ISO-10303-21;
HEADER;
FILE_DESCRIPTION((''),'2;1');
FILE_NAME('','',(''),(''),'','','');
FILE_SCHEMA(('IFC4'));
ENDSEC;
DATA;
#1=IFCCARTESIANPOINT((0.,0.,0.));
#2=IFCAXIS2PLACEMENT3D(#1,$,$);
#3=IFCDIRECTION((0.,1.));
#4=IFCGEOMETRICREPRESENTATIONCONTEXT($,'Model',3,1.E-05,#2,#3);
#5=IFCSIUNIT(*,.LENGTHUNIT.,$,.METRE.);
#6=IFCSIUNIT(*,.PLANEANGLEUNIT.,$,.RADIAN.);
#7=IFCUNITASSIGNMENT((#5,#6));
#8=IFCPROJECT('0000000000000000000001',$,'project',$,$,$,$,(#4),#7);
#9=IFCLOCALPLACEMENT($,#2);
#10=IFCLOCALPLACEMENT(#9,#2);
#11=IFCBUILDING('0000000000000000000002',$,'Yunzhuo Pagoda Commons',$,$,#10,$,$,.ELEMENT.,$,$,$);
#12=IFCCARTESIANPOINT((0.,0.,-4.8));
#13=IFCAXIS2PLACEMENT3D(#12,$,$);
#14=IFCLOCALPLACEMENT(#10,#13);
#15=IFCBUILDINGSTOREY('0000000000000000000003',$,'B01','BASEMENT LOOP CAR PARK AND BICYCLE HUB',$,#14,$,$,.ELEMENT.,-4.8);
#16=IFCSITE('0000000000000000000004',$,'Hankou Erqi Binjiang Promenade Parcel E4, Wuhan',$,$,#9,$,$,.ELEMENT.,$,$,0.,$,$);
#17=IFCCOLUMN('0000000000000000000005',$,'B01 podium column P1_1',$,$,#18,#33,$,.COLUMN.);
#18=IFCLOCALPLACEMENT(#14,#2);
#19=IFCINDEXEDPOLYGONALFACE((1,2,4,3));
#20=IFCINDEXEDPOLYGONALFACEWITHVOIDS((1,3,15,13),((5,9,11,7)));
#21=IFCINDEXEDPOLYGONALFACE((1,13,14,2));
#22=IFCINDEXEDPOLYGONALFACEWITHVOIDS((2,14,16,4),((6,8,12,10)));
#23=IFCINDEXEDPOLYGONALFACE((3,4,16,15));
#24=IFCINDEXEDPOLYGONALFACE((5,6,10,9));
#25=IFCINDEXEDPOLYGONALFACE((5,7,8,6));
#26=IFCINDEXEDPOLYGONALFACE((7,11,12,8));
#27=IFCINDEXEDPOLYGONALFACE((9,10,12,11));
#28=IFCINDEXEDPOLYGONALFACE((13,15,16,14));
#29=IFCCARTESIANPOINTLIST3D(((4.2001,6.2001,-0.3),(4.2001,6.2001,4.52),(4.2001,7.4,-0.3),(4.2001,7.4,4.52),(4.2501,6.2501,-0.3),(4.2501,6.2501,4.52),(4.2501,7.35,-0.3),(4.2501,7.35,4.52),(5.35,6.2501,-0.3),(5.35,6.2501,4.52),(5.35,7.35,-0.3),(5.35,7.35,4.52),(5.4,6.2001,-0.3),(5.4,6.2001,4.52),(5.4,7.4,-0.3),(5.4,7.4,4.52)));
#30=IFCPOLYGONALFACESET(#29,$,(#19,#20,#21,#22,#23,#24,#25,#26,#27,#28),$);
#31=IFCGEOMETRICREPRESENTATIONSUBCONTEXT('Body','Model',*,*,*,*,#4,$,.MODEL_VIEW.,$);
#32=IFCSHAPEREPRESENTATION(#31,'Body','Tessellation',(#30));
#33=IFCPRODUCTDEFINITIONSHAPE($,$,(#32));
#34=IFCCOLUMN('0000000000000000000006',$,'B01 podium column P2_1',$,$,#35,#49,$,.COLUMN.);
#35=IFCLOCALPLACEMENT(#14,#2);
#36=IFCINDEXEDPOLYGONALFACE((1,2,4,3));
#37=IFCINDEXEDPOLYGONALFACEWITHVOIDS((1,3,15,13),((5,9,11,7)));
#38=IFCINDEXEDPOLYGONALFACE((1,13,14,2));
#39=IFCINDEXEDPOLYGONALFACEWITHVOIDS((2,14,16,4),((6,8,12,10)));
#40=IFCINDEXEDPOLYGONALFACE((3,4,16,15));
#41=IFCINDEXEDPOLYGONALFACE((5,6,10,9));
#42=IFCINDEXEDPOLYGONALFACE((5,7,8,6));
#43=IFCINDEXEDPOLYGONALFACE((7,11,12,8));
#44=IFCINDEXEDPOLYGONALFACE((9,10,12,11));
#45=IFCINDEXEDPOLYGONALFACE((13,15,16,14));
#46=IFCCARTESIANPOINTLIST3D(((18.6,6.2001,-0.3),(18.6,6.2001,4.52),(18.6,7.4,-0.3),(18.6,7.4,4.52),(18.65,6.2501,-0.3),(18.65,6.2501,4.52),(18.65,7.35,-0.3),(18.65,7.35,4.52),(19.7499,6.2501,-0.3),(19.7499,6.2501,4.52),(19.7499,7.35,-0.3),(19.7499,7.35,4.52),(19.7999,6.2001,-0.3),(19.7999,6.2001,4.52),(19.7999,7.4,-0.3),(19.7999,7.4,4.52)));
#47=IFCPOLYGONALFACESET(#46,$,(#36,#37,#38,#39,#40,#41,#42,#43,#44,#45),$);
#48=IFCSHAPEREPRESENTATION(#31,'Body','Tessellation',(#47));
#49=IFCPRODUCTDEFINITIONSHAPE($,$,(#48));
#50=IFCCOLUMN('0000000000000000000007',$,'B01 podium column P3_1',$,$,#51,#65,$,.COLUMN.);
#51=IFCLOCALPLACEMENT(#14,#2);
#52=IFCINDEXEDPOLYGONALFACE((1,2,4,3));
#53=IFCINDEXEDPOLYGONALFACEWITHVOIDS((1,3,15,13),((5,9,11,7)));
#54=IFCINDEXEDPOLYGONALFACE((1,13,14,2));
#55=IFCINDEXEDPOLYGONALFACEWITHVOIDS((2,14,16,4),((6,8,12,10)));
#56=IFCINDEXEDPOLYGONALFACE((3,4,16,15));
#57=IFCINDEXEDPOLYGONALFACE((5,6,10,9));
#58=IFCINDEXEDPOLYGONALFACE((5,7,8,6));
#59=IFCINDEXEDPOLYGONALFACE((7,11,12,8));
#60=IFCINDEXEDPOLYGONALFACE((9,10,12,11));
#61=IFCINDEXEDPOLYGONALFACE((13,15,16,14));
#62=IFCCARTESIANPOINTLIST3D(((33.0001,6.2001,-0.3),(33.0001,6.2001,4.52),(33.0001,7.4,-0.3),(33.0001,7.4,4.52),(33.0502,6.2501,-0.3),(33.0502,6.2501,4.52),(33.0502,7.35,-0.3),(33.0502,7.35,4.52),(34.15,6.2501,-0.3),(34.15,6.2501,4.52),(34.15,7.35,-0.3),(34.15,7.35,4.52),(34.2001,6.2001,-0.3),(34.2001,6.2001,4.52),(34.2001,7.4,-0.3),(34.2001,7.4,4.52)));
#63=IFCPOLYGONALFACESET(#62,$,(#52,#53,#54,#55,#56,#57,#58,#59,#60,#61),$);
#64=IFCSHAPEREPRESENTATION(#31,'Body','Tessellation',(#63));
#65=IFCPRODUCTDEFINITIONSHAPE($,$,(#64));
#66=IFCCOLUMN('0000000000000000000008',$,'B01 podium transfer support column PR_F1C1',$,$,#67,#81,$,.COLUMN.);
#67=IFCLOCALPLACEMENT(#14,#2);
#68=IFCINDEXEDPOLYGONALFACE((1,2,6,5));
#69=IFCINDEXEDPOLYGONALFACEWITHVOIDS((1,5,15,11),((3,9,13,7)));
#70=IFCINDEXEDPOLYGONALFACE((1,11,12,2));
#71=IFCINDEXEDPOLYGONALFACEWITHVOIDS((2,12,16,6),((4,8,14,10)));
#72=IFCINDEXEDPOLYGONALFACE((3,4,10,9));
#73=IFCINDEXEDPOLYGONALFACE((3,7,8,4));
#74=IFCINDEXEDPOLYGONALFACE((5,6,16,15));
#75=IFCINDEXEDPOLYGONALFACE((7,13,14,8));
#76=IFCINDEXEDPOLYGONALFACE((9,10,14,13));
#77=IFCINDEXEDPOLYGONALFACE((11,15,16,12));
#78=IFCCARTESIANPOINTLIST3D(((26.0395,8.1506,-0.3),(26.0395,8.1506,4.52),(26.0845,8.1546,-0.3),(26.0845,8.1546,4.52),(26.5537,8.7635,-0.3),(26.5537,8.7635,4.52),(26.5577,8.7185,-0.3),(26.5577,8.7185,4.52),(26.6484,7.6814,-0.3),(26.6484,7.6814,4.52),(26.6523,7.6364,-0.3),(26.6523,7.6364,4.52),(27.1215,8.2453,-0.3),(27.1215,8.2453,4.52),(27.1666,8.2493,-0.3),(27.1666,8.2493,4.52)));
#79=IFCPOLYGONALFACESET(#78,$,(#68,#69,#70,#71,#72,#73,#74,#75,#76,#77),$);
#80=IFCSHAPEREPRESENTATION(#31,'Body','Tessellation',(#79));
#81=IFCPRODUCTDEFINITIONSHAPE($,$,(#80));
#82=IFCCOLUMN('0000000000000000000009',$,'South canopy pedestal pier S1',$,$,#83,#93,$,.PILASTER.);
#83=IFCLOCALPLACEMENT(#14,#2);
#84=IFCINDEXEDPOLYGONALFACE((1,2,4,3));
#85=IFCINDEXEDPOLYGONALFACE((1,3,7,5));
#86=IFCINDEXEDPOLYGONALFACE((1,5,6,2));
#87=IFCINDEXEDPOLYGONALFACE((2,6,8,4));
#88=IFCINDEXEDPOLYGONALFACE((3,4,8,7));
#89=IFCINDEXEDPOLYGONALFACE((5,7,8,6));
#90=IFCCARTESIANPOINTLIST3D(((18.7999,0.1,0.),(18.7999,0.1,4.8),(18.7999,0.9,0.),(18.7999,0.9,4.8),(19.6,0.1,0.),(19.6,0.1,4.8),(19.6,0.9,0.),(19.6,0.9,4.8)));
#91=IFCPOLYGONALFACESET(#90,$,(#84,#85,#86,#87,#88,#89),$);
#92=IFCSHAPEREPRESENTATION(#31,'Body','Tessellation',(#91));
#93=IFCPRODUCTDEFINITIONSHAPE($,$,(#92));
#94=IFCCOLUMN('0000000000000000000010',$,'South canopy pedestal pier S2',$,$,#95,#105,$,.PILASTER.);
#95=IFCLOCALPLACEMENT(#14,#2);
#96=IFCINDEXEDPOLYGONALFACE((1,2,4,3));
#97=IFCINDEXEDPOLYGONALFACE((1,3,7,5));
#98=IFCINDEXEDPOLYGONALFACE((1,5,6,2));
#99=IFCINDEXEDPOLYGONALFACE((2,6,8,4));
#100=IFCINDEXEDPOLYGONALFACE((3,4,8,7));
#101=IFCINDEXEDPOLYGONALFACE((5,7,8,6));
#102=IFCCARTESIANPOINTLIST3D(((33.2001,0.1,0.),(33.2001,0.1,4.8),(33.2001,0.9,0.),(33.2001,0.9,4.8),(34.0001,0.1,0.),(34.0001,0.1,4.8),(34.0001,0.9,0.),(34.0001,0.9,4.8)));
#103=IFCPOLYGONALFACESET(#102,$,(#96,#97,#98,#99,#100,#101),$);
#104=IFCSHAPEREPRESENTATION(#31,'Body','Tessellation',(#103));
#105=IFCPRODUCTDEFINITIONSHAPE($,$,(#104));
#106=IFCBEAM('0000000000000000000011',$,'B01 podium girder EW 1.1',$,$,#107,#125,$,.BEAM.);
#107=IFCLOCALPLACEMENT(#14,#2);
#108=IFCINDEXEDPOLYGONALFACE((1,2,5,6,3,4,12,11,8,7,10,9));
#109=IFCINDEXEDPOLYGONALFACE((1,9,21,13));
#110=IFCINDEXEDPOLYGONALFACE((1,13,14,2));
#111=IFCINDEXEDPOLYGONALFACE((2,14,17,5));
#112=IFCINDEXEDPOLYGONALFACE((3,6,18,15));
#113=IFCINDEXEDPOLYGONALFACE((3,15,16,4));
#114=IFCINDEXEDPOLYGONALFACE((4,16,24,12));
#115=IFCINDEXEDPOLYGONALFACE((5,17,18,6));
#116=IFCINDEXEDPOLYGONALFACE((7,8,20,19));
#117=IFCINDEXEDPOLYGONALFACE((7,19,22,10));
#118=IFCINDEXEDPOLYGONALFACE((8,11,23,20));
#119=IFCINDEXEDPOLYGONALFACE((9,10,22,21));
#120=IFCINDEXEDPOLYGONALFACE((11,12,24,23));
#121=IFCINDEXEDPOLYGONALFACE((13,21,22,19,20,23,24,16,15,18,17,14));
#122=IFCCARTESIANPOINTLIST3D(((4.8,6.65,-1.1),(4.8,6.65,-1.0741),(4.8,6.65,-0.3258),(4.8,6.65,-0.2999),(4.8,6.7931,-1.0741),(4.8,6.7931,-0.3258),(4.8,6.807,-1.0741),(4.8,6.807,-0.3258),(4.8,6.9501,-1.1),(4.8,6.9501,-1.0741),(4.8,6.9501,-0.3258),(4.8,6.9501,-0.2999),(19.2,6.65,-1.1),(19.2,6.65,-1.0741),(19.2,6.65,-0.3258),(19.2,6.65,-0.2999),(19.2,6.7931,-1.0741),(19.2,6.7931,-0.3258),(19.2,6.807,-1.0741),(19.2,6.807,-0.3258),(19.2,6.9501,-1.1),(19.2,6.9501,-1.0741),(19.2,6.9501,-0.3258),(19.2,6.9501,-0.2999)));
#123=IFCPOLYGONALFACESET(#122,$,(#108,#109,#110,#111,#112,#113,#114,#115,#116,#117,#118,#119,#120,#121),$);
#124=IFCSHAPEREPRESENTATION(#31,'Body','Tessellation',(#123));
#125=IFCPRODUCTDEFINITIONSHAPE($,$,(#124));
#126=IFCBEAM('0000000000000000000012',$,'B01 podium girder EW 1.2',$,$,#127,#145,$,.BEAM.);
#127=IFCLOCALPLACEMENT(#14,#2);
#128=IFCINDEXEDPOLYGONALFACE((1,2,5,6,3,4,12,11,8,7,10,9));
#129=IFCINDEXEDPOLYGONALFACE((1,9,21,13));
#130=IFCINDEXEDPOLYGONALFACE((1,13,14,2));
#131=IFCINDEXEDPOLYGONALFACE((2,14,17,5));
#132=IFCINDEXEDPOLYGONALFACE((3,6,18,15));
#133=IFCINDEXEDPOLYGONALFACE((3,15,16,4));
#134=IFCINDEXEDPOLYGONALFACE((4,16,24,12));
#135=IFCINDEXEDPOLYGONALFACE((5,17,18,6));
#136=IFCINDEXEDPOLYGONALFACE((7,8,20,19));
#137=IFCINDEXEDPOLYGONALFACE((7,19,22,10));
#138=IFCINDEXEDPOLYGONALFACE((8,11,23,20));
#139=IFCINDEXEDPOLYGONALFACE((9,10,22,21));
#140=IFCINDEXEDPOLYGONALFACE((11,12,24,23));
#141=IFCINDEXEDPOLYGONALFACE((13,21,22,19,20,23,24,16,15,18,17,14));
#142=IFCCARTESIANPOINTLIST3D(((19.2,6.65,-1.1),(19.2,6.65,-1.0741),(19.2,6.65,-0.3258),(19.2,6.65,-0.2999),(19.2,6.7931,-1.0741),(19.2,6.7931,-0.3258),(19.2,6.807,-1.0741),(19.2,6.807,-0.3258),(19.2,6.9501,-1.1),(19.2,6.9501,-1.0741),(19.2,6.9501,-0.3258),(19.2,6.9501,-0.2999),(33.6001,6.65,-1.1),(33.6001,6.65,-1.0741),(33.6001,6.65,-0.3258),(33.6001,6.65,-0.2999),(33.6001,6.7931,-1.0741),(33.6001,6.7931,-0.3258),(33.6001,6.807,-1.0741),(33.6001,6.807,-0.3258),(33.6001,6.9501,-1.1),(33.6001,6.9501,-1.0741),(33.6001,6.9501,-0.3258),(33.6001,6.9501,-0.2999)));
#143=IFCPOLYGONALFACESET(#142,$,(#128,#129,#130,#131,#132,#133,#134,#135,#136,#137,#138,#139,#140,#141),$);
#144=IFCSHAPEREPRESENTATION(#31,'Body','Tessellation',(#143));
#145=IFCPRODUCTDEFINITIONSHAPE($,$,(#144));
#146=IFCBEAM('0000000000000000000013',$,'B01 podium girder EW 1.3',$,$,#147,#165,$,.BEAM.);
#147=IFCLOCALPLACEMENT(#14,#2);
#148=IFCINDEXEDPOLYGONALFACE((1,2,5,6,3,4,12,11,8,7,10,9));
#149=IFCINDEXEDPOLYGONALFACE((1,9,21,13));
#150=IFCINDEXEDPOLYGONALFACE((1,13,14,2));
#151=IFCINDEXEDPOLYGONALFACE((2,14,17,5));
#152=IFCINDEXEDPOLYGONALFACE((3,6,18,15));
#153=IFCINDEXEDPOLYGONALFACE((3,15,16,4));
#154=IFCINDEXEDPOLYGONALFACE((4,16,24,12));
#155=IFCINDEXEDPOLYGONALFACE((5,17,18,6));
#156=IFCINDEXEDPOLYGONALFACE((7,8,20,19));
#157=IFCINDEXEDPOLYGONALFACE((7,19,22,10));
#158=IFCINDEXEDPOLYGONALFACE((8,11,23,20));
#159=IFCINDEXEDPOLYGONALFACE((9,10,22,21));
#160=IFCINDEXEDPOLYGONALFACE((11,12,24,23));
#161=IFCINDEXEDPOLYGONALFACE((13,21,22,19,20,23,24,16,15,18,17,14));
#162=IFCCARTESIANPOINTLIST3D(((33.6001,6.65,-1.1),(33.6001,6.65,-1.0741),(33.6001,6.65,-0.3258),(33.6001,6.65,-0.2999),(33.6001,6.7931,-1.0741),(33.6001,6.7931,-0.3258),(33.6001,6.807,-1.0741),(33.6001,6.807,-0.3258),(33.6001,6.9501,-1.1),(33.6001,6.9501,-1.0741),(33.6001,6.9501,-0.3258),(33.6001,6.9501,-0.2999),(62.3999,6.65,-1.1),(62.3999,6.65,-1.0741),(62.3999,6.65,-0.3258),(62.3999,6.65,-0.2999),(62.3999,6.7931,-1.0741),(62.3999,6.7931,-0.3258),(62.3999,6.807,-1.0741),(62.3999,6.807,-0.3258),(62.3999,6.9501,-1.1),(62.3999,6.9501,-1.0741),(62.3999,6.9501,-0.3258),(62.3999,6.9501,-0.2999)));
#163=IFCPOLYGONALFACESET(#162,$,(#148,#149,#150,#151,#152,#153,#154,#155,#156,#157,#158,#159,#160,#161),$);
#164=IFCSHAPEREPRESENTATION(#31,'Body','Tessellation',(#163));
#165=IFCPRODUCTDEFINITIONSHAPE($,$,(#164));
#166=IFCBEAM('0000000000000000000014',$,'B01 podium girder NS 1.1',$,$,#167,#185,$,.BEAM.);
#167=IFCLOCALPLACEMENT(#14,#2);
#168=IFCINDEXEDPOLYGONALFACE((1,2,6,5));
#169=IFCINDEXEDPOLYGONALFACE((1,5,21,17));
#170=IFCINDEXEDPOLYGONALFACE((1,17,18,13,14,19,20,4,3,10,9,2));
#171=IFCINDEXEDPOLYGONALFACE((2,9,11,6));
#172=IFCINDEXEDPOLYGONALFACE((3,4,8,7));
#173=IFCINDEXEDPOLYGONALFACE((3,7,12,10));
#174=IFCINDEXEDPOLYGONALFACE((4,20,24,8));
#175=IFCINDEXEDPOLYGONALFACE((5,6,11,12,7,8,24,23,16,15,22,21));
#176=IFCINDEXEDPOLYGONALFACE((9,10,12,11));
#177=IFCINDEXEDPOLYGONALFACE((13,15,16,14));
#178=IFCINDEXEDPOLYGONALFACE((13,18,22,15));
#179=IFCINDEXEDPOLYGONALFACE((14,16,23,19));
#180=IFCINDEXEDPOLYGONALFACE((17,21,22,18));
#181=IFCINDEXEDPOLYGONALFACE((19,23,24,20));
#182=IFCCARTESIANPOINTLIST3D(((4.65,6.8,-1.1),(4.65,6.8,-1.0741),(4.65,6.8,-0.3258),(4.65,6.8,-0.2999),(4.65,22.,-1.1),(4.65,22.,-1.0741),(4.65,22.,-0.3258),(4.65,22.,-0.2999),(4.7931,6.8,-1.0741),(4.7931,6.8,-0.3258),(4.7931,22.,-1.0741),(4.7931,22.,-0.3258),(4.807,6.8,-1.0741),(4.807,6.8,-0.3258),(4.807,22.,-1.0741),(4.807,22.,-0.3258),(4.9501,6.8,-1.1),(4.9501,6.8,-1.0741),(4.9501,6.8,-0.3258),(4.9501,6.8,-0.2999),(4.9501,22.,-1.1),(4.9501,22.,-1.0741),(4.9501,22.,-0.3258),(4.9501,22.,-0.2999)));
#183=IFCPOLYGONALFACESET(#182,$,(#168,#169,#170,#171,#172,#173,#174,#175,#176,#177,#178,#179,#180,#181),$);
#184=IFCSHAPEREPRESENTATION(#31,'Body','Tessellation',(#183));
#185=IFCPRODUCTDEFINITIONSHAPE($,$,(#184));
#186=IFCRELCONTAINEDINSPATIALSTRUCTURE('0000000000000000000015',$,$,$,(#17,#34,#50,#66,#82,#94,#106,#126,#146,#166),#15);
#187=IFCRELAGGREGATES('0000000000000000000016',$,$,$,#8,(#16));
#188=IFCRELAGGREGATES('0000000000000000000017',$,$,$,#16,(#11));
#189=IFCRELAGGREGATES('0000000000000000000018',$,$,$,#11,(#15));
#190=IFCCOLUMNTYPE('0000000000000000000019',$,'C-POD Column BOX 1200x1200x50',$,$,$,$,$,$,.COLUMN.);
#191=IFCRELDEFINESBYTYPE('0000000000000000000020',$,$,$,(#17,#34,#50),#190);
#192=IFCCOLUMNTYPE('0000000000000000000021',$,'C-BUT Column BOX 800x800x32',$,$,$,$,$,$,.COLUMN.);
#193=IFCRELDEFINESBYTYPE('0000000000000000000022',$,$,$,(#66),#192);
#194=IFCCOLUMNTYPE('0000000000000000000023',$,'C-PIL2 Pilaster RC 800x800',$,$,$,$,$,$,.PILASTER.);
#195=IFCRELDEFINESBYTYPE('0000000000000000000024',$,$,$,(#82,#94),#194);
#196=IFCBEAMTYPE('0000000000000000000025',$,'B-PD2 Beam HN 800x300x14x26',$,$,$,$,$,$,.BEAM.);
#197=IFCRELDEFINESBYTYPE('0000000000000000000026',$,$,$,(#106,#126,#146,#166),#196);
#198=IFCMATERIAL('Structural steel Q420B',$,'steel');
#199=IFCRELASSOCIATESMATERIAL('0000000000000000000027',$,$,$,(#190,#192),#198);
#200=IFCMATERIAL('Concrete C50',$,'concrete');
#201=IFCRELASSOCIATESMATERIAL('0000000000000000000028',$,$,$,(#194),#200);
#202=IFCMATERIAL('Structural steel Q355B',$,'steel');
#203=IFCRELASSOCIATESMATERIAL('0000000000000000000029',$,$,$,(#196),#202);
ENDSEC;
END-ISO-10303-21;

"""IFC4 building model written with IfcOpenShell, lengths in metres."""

from ifc_helpers import new_model, si_unit, direction, frame, origin, origin_2d, place, context, subcontext, project, spatial, rectangle, hollow_rectangle, i_section, extrude, source, transform, mapped, material, material_profile, profile_set, type_object, element, save


model = new_model("IFC4")

# Units and contexts
model_context = context("Model", 3, precision=1e-05, world=origin(), true_north=direction((0.0, 1.0)))
body_context = subcontext(model_context, "Body", "Model", "MODEL_VIEW")
ifc_project = project(units=[si_unit("LENGTHUNIT", "METRE"), si_unit("PLANEANGLEUNIT", "RADIAN")], contexts=[model_context])

# Site, building, storey
site_placement = place(None, origin())
site = spatial("IfcSite", under=ifc_project, at=site_placement, Name="Hankou Erqi Binjiang Promenade Parcel E4, Wuhan", CompositionType="ELEMENT", RefElevation=0.0)
building_placement = place(site_placement, origin())
building = spatial("IfcBuilding", under=site, at=building_placement, Name="Yunzhuo Pagoda Commons", CompositionType="ELEMENT")
storey_placement = place(building_placement, frame((0.0, 0.0, -4.8)))
storey = spatial("IfcBuildingStorey", under=building, at=storey_placement, Name="B01", Description="BASEMENT LOOP CAR PARK AND BICYCLE HUB", CompositionType="ELEMENT", Elevation=-4.8)

# Columns
ifc_material_1 = material(Name="Structural steel Q420B", Category="steel")
ifc_material_profile_1 = material_profile(ifc_material_1, hollow_rectangle(XDim=1.2, YDim=1.2, WallThickness=0.05, at=origin_2d()), Name="Structural steel Q420B")
ifc_profile_set_1 = profile_set([ifc_material_profile_1], Name="Structural steel Q420B")
column_type_1 = type_object("IfcColumnType", Name="C-POD Column BOX 1200x1200x50", PredefinedType="COLUMN", material=ifc_profile_set_1)
shared_shape_1 = source(origin(), body_context, "Body", "SweptSolid", [
    extrude(hollow_rectangle(XDim=1.2, YDim=1.2, WallThickness=0.05, at=origin_2d()), origin(), (0.0, 0.0, 1.0), 4.8201),
])
for number, where, z_axis, x_axis, name in (
    (1, (4.8, 6.8, -0.3), (0.0, 0.0, 1.0), (1.0, 0.0, 0.0), "B01 podium column P1_1"),
    (2, (19.2, 6.8, -0.3), (0.0, 0.0, 1.0), (1.0, 0.0, 0.0), "B01 podium column P2_1"),
    (3, (33.6001, 6.8, -0.3), (0.0, 0.0, 1.0), (1.0, 0.0, 0.0), "B01 podium column P3_1"),
):
    element("IfcColumn", number, at=place(storey_placement, frame(where, z_axis=z_axis, x_axis=x_axis)), inside=storey, type_object=column_type_1, Name=name, PredefinedType="COLUMN", context=body_context, shape_type="MappedRepresentation", body=[
        mapped(shared_shape_1, transform((0.0, 0.0, 0.0), scale=1.0)),
    ])
ifc_material_profile_2 = material_profile(ifc_material_1, hollow_rectangle(XDim=0.8, YDim=0.8, WallThickness=0.032, at=origin_2d()), Name="Structural steel Q420B")
ifc_profile_set_2 = profile_set([ifc_material_profile_2], Name="Structural steel Q420B")
column_type_2 = type_object("IfcColumnType", Name="C-BUT Column BOX 800x800x32", PredefinedType="COLUMN", material=ifc_profile_set_2)
shared_shape_2 = source(origin(), body_context, "Body", "SweptSolid", [
    extrude(hollow_rectangle(XDim=0.8, YDim=0.8, WallThickness=0.032, at=origin_2d()), origin(), (0.0, 0.0, 1.0), 4.8201),
])
column_placement = place(storey_placement, frame((26.603, 8.2, -0.3), z_axis=(0.0, 0.0, 1.0), x_axis=(0.766044, -0.642788, 0.0)))
element("IfcColumn", 4, at=column_placement, inside=storey, type_object=column_type_2, Name="B01 podium transfer support column PR_F1C1", PredefinedType="COLUMN", context=body_context, shape_type="MappedRepresentation", body=[
    mapped(shared_shape_2, transform((0.0, 0.0, 0.0), scale=1.0)),
])
ifc_material_2 = material(Name="Concrete C50", Category="concrete")
ifc_material_profile_3 = material_profile(ifc_material_2, rectangle(XDim=0.8, YDim=0.8, at=origin_2d()), Name="Concrete C50")
ifc_profile_set_3 = profile_set([ifc_material_profile_3], Name="Concrete C50")
column_type_3 = type_object("IfcColumnType", Name="C-PIL2 Pilaster RC 800x800", PredefinedType="PILASTER", material=ifc_profile_set_3)
shared_shape_3 = source(origin(), body_context, "Body", "SweptSolid", [
    extrude(rectangle(XDim=0.8, YDim=0.8, at=origin_2d()), origin(), (0.0, 0.0, 1.0), 4.8),
])
for number, where, z_axis, x_axis, name in (
    (5, (19.2, 0.5, 0.0), (0.0, 0.0, 1.0), (1.0, 0.0, 0.0), "South canopy pedestal pier S1"),
    (6, (33.6001, 0.5, 0.0), (0.0, 0.0, 1.0), (1.0, 0.0, 0.0), "South canopy pedestal pier S2"),
):
    element("IfcColumn", number, at=place(storey_placement, frame(where, z_axis=z_axis, x_axis=x_axis)), inside=storey, type_object=column_type_3, Name=name, PredefinedType="PILASTER", context=body_context, shape_type="MappedRepresentation", body=[
        mapped(shared_shape_3, transform((0.0, 0.0, 0.0), scale=1.0)),
    ])

# Beams
ifc_material_3 = material(Name="Structural steel Q355B", Category="steel")
ifc_material_profile_4 = material_profile(ifc_material_3, i_section(OverallWidth=0.3, OverallDepth=0.8, WebThickness=0.0139, FlangeThickness=0.0259, at=origin_2d()), Name="Structural steel Q355B")
ifc_profile_set_4 = profile_set([ifc_material_profile_4], Name="Structural steel Q355B")
beam_type_1 = type_object("IfcBeamType", Name="B-PD2 Beam HN 800x300x14x26", PredefinedType="BEAM", material=ifc_profile_set_4)
shared_shape_4 = source(origin(), body_context, "Body", "SweptSolid", [
    extrude(i_section(OverallWidth=0.3, OverallDepth=0.8, WebThickness=0.0139, FlangeThickness=0.0259, at=origin_2d()), origin(), (0.0, 0.0, 1.0), 14.3999),
])
beam_1_placement = place(storey_placement, frame((4.8, 6.8, -0.7), z_axis=(1.0, 0.0, 0.0), x_axis=(0.0, 1.0, 0.0)))
element("IfcBeam", 7, at=beam_1_placement, inside=storey, type_object=beam_type_1, Name="B01 podium girder EW 1.1", PredefinedType="BEAM", context=body_context, shape_type="MappedRepresentation", body=[
    mapped(shared_shape_4, transform((0.0, 0.0, 0.0), scale=1.0)),
])
shared_shape_5 = source(origin(), body_context, "Body", "SweptSolid", [
    extrude(i_section(OverallWidth=0.3, OverallDepth=0.8, WebThickness=0.0139, FlangeThickness=0.0259, at=origin_2d()), origin(), (0.0, 0.0, 1.0), 14.4001),
])
beam_2_placement = place(storey_placement, frame((19.2, 6.8, -0.7), z_axis=(1.0, 0.0, 0.0), x_axis=(0.0, 1.0, 0.0)))
element("IfcBeam", 8, at=beam_2_placement, inside=storey, type_object=beam_type_1, Name="B01 podium girder EW 1.2", PredefinedType="BEAM", context=body_context, shape_type="MappedRepresentation", body=[
    mapped(shared_shape_5, transform((0.0, 0.0, 0.0), scale=1.0)),
])
shared_shape_6 = source(origin(), body_context, "Body", "SweptSolid", [
    extrude(i_section(OverallWidth=0.3, OverallDepth=0.8, WebThickness=0.0139, FlangeThickness=0.0259, at=origin_2d()), origin(), (0.0, 0.0, 1.0), 28.7998),
])
beam_3_placement = place(storey_placement, frame((33.6001, 6.8, -0.7), z_axis=(1.0, 0.0, 0.0), x_axis=(0.0, 1.0, 0.0)))
element("IfcBeam", 9, at=beam_3_placement, inside=storey, type_object=beam_type_1, Name="B01 podium girder EW 1.3", PredefinedType="BEAM", context=body_context, shape_type="MappedRepresentation", body=[
    mapped(shared_shape_6, transform((0.0, 0.0, 0.0), scale=1.0)),
])
shared_shape_7 = source(origin(), body_context, "Body", "SweptSolid", [
    extrude(i_section(OverallWidth=0.3, OverallDepth=0.8, WebThickness=0.0139, FlangeThickness=0.0259, at=origin_2d()), origin(), (0.0, 0.0, 1.0), 15.2),
])
beam_4_placement = place(storey_placement, frame((4.8, 6.8, -0.7), z_axis=(0.0, 1.0, 0.0), x_axis=(-1.0, 0.0, 0.0)))
element("IfcBeam", 10, at=beam_4_placement, inside=storey, type_object=beam_type_1, Name="B01 podium girder NS 1.1", PredefinedType="BEAM", context=body_context, shape_type="MappedRepresentation", body=[
    mapped(shared_shape_7, transform((0.0, 0.0, 0.0), scale=1.0)),
])

save(model, "model.ifc")
